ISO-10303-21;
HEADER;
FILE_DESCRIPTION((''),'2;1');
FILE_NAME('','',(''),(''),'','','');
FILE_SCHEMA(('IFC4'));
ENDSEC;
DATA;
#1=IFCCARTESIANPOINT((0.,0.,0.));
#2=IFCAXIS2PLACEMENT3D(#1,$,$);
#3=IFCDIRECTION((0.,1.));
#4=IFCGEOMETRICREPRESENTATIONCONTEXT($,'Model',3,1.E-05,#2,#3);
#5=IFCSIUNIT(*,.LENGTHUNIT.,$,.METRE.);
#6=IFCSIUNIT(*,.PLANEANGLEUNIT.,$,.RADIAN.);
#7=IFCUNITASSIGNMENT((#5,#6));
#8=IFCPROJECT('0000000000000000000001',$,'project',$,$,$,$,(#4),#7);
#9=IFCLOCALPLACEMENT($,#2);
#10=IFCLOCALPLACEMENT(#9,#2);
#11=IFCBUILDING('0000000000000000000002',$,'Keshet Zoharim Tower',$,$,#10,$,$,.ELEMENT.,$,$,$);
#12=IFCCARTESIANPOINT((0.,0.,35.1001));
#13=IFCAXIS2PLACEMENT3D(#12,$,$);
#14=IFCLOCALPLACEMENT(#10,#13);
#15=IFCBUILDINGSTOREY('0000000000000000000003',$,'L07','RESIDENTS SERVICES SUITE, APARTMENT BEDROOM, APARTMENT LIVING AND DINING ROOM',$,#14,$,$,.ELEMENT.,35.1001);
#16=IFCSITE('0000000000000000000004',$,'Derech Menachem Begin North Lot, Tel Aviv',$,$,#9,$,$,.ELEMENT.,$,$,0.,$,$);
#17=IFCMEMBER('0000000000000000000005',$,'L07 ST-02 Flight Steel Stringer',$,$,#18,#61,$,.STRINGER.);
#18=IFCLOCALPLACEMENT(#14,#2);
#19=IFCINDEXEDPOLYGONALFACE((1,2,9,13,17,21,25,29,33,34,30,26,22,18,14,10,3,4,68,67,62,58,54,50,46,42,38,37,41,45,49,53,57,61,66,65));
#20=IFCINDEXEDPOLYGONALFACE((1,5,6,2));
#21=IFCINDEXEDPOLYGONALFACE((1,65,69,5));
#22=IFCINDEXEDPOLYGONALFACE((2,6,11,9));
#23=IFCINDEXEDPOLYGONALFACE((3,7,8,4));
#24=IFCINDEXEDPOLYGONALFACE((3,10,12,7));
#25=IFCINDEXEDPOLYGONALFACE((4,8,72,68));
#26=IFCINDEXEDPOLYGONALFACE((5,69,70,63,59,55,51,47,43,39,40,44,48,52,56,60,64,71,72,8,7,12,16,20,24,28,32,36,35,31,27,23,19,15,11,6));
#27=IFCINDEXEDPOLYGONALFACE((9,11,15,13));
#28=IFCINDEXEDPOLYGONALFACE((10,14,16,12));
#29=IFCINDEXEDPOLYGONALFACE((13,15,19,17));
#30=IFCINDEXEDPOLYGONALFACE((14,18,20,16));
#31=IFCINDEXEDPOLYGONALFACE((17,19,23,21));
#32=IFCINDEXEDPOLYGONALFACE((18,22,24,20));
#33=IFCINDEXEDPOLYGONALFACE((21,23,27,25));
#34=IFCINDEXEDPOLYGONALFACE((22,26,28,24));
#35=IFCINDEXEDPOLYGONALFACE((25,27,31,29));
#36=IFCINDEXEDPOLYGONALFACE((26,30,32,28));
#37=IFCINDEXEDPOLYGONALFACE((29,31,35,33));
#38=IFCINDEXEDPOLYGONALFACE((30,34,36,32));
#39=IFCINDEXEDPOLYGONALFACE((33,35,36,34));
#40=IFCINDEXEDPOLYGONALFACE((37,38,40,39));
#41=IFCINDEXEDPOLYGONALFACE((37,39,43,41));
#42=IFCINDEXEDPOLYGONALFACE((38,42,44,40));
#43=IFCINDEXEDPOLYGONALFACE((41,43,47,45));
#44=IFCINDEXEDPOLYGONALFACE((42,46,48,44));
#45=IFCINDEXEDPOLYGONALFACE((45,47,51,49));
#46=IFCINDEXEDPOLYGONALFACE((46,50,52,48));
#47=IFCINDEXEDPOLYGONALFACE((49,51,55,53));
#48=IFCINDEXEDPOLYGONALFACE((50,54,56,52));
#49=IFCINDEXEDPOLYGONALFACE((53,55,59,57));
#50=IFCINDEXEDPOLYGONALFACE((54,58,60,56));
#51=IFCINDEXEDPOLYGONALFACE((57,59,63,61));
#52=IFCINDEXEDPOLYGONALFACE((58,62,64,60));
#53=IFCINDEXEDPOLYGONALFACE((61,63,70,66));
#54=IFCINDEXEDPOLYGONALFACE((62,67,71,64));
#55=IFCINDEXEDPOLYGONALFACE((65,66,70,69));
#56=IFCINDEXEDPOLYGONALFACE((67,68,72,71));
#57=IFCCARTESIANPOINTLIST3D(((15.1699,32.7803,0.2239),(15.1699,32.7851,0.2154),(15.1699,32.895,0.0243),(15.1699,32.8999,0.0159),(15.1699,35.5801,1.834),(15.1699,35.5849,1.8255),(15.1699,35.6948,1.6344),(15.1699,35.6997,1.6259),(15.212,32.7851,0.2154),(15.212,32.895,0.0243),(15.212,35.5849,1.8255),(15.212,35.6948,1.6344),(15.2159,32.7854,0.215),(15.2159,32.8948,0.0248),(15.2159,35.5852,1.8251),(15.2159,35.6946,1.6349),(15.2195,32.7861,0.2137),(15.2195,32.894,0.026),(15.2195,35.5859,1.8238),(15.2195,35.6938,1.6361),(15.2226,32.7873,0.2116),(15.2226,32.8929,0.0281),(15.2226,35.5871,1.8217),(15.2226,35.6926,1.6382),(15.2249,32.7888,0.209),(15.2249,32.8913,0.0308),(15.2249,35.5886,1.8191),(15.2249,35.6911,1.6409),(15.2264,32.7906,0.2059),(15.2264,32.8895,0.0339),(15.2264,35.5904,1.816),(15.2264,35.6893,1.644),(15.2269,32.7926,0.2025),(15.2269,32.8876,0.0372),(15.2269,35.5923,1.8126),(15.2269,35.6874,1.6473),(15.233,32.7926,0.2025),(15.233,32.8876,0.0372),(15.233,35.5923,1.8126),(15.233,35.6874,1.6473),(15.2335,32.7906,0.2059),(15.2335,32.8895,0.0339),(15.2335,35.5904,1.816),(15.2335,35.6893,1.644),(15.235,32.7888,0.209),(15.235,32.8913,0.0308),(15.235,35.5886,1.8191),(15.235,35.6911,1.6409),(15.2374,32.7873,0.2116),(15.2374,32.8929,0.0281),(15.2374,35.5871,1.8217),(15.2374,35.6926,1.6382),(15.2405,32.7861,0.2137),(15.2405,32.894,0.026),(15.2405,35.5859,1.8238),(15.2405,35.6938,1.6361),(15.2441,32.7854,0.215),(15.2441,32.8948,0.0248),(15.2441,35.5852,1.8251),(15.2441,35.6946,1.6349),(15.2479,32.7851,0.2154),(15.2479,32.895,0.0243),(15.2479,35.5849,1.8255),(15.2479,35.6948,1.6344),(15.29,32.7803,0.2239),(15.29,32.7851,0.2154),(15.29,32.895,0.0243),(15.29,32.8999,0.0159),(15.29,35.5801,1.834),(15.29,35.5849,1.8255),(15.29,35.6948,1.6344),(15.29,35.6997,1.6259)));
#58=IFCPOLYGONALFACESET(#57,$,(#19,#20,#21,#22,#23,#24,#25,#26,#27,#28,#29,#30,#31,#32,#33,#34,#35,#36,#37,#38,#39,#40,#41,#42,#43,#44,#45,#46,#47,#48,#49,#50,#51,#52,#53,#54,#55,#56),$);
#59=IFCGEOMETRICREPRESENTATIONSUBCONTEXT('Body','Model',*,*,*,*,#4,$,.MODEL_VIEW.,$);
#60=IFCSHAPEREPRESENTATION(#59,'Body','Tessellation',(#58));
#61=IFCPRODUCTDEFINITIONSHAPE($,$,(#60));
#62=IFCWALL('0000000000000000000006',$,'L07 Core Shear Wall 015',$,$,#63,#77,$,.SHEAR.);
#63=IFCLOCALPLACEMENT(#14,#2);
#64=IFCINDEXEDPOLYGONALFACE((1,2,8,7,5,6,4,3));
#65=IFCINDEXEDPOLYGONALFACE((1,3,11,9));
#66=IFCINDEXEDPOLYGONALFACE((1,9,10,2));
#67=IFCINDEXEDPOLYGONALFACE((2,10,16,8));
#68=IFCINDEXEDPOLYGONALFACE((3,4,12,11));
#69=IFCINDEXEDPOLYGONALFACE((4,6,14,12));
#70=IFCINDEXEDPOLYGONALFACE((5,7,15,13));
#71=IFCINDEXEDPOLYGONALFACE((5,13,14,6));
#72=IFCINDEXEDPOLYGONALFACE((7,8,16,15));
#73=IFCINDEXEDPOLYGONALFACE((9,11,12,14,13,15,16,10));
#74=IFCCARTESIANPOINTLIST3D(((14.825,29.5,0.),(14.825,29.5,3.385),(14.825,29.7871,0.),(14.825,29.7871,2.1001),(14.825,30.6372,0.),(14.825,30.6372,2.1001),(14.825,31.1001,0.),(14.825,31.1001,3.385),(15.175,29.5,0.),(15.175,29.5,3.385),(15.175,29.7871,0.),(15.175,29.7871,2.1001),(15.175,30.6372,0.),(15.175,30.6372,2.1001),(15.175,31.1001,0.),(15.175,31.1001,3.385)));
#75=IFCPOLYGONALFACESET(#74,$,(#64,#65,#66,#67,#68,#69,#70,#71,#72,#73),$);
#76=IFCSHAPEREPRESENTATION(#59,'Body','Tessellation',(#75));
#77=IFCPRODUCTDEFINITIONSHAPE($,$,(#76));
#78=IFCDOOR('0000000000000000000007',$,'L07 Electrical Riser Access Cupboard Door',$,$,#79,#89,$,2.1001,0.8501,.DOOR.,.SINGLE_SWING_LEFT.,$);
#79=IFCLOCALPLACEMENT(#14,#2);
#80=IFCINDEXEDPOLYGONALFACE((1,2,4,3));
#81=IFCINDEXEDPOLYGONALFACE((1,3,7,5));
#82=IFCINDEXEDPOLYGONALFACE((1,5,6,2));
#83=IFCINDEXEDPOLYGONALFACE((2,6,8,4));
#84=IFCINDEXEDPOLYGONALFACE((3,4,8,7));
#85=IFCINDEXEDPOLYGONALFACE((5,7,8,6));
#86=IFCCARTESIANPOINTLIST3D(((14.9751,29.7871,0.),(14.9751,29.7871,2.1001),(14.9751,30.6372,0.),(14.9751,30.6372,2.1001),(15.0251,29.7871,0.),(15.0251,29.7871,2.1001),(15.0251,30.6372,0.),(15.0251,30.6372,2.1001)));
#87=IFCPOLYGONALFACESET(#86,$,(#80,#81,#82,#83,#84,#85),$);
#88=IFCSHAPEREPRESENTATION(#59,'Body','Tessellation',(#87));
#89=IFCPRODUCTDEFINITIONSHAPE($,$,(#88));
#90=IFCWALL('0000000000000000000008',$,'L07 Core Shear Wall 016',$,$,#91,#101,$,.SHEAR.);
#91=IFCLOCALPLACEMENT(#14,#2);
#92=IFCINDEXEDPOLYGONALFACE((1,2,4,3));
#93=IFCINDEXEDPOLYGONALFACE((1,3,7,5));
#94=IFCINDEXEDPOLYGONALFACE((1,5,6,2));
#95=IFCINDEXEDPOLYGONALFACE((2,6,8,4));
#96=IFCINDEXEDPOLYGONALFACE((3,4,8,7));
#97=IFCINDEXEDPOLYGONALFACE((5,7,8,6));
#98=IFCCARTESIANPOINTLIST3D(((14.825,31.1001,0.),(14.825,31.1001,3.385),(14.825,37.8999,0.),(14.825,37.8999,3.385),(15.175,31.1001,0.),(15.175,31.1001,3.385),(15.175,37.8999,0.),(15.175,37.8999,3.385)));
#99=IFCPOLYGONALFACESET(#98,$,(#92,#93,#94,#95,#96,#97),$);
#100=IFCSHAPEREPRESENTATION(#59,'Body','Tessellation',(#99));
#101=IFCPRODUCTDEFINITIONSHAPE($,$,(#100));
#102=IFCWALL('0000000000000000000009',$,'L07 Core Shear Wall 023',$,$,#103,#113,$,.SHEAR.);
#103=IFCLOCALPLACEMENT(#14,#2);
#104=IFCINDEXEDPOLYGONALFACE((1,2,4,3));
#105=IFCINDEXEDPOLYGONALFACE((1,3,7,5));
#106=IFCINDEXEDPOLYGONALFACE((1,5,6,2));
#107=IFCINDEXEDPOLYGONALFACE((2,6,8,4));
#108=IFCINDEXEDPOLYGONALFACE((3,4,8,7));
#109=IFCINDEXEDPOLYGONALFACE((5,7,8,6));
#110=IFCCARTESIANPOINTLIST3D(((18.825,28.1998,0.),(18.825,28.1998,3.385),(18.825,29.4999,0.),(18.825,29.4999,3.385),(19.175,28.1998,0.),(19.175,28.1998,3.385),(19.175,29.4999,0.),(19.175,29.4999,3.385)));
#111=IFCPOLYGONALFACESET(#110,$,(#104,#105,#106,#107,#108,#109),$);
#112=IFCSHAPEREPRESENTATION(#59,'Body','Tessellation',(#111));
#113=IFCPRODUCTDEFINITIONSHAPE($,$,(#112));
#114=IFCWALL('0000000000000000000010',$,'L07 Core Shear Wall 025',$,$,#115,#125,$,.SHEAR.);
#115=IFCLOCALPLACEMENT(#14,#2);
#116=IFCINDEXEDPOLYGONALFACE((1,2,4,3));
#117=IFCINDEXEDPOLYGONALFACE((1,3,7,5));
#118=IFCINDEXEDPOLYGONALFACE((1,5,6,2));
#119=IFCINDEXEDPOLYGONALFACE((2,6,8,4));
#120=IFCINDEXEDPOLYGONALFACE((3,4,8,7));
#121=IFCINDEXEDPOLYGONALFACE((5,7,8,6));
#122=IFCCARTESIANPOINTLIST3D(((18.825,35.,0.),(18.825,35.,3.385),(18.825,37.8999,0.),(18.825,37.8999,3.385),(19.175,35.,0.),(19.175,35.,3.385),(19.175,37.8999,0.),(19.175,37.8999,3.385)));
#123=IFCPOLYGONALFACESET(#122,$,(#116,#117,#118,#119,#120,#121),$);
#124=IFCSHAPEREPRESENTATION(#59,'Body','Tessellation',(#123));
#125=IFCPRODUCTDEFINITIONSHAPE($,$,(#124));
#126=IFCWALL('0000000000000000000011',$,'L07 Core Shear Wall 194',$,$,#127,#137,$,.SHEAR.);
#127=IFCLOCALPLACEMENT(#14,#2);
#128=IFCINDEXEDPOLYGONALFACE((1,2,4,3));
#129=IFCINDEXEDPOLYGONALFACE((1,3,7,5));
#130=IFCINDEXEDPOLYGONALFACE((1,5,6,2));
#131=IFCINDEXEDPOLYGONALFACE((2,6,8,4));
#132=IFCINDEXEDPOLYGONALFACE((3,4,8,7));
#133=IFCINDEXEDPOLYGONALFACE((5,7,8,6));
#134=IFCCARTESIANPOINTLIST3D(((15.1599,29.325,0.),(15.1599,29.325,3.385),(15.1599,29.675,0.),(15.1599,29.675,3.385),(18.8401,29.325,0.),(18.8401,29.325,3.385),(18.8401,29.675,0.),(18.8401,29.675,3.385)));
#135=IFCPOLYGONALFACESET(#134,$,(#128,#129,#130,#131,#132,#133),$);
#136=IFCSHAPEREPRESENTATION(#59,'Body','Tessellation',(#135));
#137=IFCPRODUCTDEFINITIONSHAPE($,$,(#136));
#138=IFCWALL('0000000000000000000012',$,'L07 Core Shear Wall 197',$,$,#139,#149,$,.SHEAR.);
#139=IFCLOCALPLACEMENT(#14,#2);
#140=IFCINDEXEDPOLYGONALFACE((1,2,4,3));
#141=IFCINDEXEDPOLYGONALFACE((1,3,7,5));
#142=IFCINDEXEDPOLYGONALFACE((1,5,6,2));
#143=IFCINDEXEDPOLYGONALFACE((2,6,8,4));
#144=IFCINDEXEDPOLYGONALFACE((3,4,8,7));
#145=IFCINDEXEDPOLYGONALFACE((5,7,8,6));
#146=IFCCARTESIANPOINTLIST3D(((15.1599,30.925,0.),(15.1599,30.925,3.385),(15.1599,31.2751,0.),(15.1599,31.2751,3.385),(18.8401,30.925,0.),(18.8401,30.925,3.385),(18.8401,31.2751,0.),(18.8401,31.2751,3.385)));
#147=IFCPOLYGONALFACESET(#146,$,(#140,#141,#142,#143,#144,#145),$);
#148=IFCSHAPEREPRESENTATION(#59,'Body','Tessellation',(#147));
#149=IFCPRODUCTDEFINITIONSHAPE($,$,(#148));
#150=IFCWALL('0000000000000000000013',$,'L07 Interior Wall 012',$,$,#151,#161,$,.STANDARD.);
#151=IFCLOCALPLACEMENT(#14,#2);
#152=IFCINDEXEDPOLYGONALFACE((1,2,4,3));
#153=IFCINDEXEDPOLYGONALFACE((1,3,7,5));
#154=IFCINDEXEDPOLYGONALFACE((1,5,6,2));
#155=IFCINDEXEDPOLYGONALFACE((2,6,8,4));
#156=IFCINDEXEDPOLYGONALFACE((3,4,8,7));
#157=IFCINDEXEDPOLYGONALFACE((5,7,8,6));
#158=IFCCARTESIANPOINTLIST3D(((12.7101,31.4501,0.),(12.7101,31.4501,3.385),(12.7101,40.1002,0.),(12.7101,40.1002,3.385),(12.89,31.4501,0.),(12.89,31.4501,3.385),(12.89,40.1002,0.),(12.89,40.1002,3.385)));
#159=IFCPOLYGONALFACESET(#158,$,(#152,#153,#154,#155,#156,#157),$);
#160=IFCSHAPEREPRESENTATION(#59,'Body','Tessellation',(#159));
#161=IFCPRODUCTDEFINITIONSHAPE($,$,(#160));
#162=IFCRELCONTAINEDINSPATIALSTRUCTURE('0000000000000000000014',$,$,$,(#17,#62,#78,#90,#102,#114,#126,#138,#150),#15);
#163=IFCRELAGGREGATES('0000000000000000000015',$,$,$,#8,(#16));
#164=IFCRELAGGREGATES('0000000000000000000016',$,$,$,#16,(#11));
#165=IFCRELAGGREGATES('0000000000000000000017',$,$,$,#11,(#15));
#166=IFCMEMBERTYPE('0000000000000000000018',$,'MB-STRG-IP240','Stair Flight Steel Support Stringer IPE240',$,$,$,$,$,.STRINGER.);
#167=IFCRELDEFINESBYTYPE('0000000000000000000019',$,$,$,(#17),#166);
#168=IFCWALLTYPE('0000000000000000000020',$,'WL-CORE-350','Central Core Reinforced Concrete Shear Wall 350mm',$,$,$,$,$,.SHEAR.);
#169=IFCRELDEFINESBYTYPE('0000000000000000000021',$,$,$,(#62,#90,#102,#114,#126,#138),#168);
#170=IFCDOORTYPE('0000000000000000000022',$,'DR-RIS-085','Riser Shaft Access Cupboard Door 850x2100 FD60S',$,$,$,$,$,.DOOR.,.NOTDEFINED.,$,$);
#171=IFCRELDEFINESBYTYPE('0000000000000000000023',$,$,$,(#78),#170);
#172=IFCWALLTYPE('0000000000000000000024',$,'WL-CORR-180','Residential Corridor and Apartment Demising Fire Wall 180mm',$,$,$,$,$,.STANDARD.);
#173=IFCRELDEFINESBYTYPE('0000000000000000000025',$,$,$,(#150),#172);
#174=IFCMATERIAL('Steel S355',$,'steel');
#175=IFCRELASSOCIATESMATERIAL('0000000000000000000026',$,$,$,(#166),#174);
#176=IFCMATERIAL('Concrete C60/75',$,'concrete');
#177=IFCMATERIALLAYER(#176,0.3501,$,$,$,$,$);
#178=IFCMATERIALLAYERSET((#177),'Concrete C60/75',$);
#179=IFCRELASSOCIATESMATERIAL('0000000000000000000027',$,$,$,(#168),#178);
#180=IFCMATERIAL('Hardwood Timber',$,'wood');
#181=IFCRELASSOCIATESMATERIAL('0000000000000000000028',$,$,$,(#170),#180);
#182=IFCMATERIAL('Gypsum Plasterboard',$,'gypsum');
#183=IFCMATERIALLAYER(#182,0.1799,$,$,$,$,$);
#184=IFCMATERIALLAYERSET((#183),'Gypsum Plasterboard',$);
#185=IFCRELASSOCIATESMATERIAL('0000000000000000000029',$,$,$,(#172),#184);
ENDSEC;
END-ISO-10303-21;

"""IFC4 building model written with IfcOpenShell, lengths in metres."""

from ifc_helpers import new_model, si_unit, direction, frame, frame_2d, origin, origin_2d, place, context, subcontext, project, spatial, rectangle, i_section, extrude, material, layer, layer_set, material_profile, profile_set, type_object, element, fill, save


model = new_model("IFC4")

# Units and contexts
model_context = context("Model", 3, precision=1e-05, world=origin(), true_north=direction((0.0, 1.0)))
body_context = subcontext(model_context, "Body", "Model", "MODEL_VIEW")
ifc_project = project(units=[si_unit("LENGTHUNIT", "METRE"), si_unit("PLANEANGLEUNIT", "RADIAN")], contexts=[model_context])

# Site, building, storey
site_placement = place(None, origin())
site = spatial("IfcSite", under=ifc_project, at=site_placement, Name="Derech Menachem Begin North Lot, Tel Aviv", CompositionType="ELEMENT", RefElevation=0.0)
building_placement = place(site_placement, origin())
building = spatial("IfcBuilding", under=site, at=building_placement, Name="Keshet Zoharim Tower", CompositionType="ELEMENT")
storey_placement = place(building_placement, frame((0.0, 0.0, 35.1001)))
storey = spatial("IfcBuildingStorey", under=building, at=storey_placement, Name="L07", Description="RESIDENTS SERVICES SUITE, APARTMENT BEDROOM, APARTMENT LIVING AND DINING ROOM", CompositionType="ELEMENT", Elevation=35.1001)

# Member
ifc_material_1 = material(Name="Steel S355", Category="steel")
ifc_material_profile = material_profile(ifc_material_1, i_section(OverallWidth=0.1201, OverallDepth=0.24, WebThickness=0.0061, FlangeThickness=0.0098, FilletRadius=0.0149, at=origin_2d()), Name="IPE240")
ifc_profile_set = profile_set([ifc_material_profile], Name="Steel S355")
member_type = type_object("IfcMemberType", Name="MB-STRG-IP240", Description="Stair Flight Steel Support Stringer IPE240", PredefinedType="STRINGER", material=ifc_profile_set)
member_placement = place(storey_placement, frame((15.23, 32.8401, 0.1199), z_axis=(0.0, 0.866877, 0.498522), x_axis=(-1.0, 0.0, 0.0)))
element("IfcMember", 1, at=member_placement, inside=storey, type_object=member_type, Name="L07 ST-02 Flight Steel Stringer", PredefinedType="STRINGER", context=body_context, shape_type="SweptSolid", body=[
    extrude(i_section(OverallWidth=0.1201, OverallDepth=0.24, WebThickness=0.0061, FlangeThickness=0.0098, FilletRadius=0.0149, at=origin_2d()), origin(), (0.0, 0.0, 1.0), 3.2297),
])

# Wall, opening, door
ifc_material_2 = material(Name="Concrete C60/75", Category="concrete")
ifc_layer_1 = layer(ifc_material_2, 0.3501)
ifc_layer_set_1 = layer_set([ifc_layer_1], Name="Concrete C60/75")
wall_type_1 = type_object("IfcWallType", Name="WL-CORE-350", Description="Central Core Reinforced Concrete Shear Wall 350mm", PredefinedType="SHEAR", material=ifc_layer_set_1)
wall_1_placement = place(storey_placement, frame((15.0, 29.5, 0.0), z_axis=(0.0, 0.0, 1.0), x_axis=(0.0, 1.0, 0.0)))
wall_1 = element("IfcWall", 2, at=wall_1_placement, inside=storey, type_object=wall_type_1, Name="L07 Core Shear Wall 015", PredefinedType="SHEAR", context=body_context, shape_type="SweptSolid", body=[
    extrude(rectangle(XDim=1.6001, YDim=0.3501, at=frame_2d((0.8, 0.0))), origin(), (0.0, 0.0, 1.0), 3.385),
])
opening_1_placement = place(wall_1_placement, frame((0.2871, 0.0, 0.0)))
opening_1 = element("IfcOpeningElement", 3, at=opening_1_placement, cuts=wall_1, PredefinedType="OPENING", context=body_context, shape_type="SweptSolid", body=[
    extrude(rectangle(XDim=0.8501, YDim=2.1001, at=frame_2d((0.425, 1.05))), frame((0.0, 0.1851, 0.0), z_axis=(0.0, -1.0, 0.0), x_axis=(1.0, 0.0, 0.0)), (0.0, 0.0, 1.0), 0.3701),
])
ifc_material_3 = material(Name="Hardwood Timber", Category="wood")
door_type_1 = type_object("IfcDoorType", Name="DR-RIS-085", Description="Riser Shaft Access Cupboard Door 850x2100 FD60S", OperationType="NOTDEFINED", PredefinedType="DOOR", material=ifc_material_3)
door_1_placement = place(opening_1_placement, origin())
door_1 = element("IfcDoor", 4, at=door_1_placement, inside=storey, type_object=door_type_1, Name="L07 Electrical Riser Access Cupboard Door", OperationType="SINGLE_SWING_LEFT", OverallHeight=2.1001, OverallWidth=0.8501, PredefinedType="DOOR", context=body_context, shape_type="SweptSolid", body=[
    extrude(rectangle(XDim=0.8501, YDim=2.1001, at=frame_2d((0.425, 1.05))), frame((0.0, 0.0249, 0.0), z_axis=(0.0, -1.0, 0.0), x_axis=(1.0, 0.0, 0.0)), (0.0, 0.0, 1.0), 0.05),
])
fill(opening_1, door_1)

# Walls
wall_2_placement = place(storey_placement, frame((15.0, 31.1001, 0.0), z_axis=(0.0, 0.0, 1.0), x_axis=(0.0, 1.0, 0.0)))
element("IfcWall", 5, at=wall_2_placement, inside=storey, type_object=wall_type_1, Name="L07 Core Shear Wall 016", PredefinedType="SHEAR", context=body_context, shape_type="SweptSolid", body=[
    extrude(rectangle(XDim=6.7998, YDim=0.3501, at=frame_2d((3.3999, 0.0))), origin(), (0.0, 0.0, 1.0), 3.385),
])
wall_3_placement = place(storey_placement, frame((19.0, 28.2, 0.0), z_axis=(0.0, 0.0, 1.0), x_axis=(0.0, 1.0, 0.0)))
element("IfcWall", 6, at=wall_3_placement, inside=storey, type_object=wall_type_1, Name="L07 Core Shear Wall 023", PredefinedType="SHEAR", context=body_context, shape_type="SweptSolid", body=[
    extrude(rectangle(XDim=1.3, YDim=0.3501, at=frame_2d((0.6499, 0.0))), origin(), (0.0, 0.0, 1.0), 3.385),
])

# Walls
wall_4_placement = place(storey_placement, frame((19.0, 35.0, 0.0), z_axis=(0.0, 0.0, 1.0), x_axis=(0.0, 1.0, 0.0)))
element("IfcWall", 7, at=wall_4_placement, inside=storey, type_object=wall_type_1, Name="L07 Core Shear Wall 025", PredefinedType="SHEAR", context=body_context, shape_type="SweptSolid", body=[
    extrude(rectangle(XDim=2.8999, YDim=0.3501, at=frame_2d((1.45, 0.0))), origin(), (0.0, 0.0, 1.0), 3.385),
])
for number, where, z_axis, x_axis, name in (
    (8, (15.1599, 29.5, 0.0), (0.0, 0.0, 1.0), (1.0, 0.0, 0.0), "L07 Core Shear Wall 194"),
    (9, (15.1599, 31.1001, 0.0), (0.0, 0.0, 1.0), (1.0, 0.0, 0.0), "L07 Core Shear Wall 197"),
):
    element("IfcWall", number, at=place(storey_placement, frame(where, z_axis=z_axis, x_axis=x_axis)), inside=storey, type_object=wall_type_1, Name=name, PredefinedType="SHEAR", context=body_context, shape_type="SweptSolid", body=[
        extrude(rectangle(XDim=3.6802, YDim=0.3501, at=frame_2d((1.8401, 0.0))), origin(), (0.0, 0.0, 1.0), 3.385),
    ])
ifc_material_4 = material(Name="Gypsum Plasterboard", Category="gypsum")
ifc_layer_2 = layer(ifc_material_4, 0.1799)
ifc_layer_set_2 = layer_set([ifc_layer_2], Name="Gypsum Plasterboard")
wall_type_2 = type_object("IfcWallType", Name="WL-CORR-180", Description="Residential Corridor and Apartment Demising Fire Wall 180mm", PredefinedType="STANDARD", material=ifc_layer_set_2)
wall_5_placement = place(storey_placement, frame((12.8, 31.45, 0.0), z_axis=(0.0, 0.0, 1.0), x_axis=(0.0, 1.0, 0.0)))
element("IfcWall", 10, at=wall_5_placement, inside=storey, type_object=wall_type_2, Name="L07 Interior Wall 012", PredefinedType="STANDARD", context=body_context, shape_type="SweptSolid", body=[
    extrude(rectangle(XDim=8.6501, YDim=0.1799, at=frame_2d((4.3252, 0.0))), origin(), (0.0, 0.0, 1.0), 3.385),
])

save(model, "model.ifc")
